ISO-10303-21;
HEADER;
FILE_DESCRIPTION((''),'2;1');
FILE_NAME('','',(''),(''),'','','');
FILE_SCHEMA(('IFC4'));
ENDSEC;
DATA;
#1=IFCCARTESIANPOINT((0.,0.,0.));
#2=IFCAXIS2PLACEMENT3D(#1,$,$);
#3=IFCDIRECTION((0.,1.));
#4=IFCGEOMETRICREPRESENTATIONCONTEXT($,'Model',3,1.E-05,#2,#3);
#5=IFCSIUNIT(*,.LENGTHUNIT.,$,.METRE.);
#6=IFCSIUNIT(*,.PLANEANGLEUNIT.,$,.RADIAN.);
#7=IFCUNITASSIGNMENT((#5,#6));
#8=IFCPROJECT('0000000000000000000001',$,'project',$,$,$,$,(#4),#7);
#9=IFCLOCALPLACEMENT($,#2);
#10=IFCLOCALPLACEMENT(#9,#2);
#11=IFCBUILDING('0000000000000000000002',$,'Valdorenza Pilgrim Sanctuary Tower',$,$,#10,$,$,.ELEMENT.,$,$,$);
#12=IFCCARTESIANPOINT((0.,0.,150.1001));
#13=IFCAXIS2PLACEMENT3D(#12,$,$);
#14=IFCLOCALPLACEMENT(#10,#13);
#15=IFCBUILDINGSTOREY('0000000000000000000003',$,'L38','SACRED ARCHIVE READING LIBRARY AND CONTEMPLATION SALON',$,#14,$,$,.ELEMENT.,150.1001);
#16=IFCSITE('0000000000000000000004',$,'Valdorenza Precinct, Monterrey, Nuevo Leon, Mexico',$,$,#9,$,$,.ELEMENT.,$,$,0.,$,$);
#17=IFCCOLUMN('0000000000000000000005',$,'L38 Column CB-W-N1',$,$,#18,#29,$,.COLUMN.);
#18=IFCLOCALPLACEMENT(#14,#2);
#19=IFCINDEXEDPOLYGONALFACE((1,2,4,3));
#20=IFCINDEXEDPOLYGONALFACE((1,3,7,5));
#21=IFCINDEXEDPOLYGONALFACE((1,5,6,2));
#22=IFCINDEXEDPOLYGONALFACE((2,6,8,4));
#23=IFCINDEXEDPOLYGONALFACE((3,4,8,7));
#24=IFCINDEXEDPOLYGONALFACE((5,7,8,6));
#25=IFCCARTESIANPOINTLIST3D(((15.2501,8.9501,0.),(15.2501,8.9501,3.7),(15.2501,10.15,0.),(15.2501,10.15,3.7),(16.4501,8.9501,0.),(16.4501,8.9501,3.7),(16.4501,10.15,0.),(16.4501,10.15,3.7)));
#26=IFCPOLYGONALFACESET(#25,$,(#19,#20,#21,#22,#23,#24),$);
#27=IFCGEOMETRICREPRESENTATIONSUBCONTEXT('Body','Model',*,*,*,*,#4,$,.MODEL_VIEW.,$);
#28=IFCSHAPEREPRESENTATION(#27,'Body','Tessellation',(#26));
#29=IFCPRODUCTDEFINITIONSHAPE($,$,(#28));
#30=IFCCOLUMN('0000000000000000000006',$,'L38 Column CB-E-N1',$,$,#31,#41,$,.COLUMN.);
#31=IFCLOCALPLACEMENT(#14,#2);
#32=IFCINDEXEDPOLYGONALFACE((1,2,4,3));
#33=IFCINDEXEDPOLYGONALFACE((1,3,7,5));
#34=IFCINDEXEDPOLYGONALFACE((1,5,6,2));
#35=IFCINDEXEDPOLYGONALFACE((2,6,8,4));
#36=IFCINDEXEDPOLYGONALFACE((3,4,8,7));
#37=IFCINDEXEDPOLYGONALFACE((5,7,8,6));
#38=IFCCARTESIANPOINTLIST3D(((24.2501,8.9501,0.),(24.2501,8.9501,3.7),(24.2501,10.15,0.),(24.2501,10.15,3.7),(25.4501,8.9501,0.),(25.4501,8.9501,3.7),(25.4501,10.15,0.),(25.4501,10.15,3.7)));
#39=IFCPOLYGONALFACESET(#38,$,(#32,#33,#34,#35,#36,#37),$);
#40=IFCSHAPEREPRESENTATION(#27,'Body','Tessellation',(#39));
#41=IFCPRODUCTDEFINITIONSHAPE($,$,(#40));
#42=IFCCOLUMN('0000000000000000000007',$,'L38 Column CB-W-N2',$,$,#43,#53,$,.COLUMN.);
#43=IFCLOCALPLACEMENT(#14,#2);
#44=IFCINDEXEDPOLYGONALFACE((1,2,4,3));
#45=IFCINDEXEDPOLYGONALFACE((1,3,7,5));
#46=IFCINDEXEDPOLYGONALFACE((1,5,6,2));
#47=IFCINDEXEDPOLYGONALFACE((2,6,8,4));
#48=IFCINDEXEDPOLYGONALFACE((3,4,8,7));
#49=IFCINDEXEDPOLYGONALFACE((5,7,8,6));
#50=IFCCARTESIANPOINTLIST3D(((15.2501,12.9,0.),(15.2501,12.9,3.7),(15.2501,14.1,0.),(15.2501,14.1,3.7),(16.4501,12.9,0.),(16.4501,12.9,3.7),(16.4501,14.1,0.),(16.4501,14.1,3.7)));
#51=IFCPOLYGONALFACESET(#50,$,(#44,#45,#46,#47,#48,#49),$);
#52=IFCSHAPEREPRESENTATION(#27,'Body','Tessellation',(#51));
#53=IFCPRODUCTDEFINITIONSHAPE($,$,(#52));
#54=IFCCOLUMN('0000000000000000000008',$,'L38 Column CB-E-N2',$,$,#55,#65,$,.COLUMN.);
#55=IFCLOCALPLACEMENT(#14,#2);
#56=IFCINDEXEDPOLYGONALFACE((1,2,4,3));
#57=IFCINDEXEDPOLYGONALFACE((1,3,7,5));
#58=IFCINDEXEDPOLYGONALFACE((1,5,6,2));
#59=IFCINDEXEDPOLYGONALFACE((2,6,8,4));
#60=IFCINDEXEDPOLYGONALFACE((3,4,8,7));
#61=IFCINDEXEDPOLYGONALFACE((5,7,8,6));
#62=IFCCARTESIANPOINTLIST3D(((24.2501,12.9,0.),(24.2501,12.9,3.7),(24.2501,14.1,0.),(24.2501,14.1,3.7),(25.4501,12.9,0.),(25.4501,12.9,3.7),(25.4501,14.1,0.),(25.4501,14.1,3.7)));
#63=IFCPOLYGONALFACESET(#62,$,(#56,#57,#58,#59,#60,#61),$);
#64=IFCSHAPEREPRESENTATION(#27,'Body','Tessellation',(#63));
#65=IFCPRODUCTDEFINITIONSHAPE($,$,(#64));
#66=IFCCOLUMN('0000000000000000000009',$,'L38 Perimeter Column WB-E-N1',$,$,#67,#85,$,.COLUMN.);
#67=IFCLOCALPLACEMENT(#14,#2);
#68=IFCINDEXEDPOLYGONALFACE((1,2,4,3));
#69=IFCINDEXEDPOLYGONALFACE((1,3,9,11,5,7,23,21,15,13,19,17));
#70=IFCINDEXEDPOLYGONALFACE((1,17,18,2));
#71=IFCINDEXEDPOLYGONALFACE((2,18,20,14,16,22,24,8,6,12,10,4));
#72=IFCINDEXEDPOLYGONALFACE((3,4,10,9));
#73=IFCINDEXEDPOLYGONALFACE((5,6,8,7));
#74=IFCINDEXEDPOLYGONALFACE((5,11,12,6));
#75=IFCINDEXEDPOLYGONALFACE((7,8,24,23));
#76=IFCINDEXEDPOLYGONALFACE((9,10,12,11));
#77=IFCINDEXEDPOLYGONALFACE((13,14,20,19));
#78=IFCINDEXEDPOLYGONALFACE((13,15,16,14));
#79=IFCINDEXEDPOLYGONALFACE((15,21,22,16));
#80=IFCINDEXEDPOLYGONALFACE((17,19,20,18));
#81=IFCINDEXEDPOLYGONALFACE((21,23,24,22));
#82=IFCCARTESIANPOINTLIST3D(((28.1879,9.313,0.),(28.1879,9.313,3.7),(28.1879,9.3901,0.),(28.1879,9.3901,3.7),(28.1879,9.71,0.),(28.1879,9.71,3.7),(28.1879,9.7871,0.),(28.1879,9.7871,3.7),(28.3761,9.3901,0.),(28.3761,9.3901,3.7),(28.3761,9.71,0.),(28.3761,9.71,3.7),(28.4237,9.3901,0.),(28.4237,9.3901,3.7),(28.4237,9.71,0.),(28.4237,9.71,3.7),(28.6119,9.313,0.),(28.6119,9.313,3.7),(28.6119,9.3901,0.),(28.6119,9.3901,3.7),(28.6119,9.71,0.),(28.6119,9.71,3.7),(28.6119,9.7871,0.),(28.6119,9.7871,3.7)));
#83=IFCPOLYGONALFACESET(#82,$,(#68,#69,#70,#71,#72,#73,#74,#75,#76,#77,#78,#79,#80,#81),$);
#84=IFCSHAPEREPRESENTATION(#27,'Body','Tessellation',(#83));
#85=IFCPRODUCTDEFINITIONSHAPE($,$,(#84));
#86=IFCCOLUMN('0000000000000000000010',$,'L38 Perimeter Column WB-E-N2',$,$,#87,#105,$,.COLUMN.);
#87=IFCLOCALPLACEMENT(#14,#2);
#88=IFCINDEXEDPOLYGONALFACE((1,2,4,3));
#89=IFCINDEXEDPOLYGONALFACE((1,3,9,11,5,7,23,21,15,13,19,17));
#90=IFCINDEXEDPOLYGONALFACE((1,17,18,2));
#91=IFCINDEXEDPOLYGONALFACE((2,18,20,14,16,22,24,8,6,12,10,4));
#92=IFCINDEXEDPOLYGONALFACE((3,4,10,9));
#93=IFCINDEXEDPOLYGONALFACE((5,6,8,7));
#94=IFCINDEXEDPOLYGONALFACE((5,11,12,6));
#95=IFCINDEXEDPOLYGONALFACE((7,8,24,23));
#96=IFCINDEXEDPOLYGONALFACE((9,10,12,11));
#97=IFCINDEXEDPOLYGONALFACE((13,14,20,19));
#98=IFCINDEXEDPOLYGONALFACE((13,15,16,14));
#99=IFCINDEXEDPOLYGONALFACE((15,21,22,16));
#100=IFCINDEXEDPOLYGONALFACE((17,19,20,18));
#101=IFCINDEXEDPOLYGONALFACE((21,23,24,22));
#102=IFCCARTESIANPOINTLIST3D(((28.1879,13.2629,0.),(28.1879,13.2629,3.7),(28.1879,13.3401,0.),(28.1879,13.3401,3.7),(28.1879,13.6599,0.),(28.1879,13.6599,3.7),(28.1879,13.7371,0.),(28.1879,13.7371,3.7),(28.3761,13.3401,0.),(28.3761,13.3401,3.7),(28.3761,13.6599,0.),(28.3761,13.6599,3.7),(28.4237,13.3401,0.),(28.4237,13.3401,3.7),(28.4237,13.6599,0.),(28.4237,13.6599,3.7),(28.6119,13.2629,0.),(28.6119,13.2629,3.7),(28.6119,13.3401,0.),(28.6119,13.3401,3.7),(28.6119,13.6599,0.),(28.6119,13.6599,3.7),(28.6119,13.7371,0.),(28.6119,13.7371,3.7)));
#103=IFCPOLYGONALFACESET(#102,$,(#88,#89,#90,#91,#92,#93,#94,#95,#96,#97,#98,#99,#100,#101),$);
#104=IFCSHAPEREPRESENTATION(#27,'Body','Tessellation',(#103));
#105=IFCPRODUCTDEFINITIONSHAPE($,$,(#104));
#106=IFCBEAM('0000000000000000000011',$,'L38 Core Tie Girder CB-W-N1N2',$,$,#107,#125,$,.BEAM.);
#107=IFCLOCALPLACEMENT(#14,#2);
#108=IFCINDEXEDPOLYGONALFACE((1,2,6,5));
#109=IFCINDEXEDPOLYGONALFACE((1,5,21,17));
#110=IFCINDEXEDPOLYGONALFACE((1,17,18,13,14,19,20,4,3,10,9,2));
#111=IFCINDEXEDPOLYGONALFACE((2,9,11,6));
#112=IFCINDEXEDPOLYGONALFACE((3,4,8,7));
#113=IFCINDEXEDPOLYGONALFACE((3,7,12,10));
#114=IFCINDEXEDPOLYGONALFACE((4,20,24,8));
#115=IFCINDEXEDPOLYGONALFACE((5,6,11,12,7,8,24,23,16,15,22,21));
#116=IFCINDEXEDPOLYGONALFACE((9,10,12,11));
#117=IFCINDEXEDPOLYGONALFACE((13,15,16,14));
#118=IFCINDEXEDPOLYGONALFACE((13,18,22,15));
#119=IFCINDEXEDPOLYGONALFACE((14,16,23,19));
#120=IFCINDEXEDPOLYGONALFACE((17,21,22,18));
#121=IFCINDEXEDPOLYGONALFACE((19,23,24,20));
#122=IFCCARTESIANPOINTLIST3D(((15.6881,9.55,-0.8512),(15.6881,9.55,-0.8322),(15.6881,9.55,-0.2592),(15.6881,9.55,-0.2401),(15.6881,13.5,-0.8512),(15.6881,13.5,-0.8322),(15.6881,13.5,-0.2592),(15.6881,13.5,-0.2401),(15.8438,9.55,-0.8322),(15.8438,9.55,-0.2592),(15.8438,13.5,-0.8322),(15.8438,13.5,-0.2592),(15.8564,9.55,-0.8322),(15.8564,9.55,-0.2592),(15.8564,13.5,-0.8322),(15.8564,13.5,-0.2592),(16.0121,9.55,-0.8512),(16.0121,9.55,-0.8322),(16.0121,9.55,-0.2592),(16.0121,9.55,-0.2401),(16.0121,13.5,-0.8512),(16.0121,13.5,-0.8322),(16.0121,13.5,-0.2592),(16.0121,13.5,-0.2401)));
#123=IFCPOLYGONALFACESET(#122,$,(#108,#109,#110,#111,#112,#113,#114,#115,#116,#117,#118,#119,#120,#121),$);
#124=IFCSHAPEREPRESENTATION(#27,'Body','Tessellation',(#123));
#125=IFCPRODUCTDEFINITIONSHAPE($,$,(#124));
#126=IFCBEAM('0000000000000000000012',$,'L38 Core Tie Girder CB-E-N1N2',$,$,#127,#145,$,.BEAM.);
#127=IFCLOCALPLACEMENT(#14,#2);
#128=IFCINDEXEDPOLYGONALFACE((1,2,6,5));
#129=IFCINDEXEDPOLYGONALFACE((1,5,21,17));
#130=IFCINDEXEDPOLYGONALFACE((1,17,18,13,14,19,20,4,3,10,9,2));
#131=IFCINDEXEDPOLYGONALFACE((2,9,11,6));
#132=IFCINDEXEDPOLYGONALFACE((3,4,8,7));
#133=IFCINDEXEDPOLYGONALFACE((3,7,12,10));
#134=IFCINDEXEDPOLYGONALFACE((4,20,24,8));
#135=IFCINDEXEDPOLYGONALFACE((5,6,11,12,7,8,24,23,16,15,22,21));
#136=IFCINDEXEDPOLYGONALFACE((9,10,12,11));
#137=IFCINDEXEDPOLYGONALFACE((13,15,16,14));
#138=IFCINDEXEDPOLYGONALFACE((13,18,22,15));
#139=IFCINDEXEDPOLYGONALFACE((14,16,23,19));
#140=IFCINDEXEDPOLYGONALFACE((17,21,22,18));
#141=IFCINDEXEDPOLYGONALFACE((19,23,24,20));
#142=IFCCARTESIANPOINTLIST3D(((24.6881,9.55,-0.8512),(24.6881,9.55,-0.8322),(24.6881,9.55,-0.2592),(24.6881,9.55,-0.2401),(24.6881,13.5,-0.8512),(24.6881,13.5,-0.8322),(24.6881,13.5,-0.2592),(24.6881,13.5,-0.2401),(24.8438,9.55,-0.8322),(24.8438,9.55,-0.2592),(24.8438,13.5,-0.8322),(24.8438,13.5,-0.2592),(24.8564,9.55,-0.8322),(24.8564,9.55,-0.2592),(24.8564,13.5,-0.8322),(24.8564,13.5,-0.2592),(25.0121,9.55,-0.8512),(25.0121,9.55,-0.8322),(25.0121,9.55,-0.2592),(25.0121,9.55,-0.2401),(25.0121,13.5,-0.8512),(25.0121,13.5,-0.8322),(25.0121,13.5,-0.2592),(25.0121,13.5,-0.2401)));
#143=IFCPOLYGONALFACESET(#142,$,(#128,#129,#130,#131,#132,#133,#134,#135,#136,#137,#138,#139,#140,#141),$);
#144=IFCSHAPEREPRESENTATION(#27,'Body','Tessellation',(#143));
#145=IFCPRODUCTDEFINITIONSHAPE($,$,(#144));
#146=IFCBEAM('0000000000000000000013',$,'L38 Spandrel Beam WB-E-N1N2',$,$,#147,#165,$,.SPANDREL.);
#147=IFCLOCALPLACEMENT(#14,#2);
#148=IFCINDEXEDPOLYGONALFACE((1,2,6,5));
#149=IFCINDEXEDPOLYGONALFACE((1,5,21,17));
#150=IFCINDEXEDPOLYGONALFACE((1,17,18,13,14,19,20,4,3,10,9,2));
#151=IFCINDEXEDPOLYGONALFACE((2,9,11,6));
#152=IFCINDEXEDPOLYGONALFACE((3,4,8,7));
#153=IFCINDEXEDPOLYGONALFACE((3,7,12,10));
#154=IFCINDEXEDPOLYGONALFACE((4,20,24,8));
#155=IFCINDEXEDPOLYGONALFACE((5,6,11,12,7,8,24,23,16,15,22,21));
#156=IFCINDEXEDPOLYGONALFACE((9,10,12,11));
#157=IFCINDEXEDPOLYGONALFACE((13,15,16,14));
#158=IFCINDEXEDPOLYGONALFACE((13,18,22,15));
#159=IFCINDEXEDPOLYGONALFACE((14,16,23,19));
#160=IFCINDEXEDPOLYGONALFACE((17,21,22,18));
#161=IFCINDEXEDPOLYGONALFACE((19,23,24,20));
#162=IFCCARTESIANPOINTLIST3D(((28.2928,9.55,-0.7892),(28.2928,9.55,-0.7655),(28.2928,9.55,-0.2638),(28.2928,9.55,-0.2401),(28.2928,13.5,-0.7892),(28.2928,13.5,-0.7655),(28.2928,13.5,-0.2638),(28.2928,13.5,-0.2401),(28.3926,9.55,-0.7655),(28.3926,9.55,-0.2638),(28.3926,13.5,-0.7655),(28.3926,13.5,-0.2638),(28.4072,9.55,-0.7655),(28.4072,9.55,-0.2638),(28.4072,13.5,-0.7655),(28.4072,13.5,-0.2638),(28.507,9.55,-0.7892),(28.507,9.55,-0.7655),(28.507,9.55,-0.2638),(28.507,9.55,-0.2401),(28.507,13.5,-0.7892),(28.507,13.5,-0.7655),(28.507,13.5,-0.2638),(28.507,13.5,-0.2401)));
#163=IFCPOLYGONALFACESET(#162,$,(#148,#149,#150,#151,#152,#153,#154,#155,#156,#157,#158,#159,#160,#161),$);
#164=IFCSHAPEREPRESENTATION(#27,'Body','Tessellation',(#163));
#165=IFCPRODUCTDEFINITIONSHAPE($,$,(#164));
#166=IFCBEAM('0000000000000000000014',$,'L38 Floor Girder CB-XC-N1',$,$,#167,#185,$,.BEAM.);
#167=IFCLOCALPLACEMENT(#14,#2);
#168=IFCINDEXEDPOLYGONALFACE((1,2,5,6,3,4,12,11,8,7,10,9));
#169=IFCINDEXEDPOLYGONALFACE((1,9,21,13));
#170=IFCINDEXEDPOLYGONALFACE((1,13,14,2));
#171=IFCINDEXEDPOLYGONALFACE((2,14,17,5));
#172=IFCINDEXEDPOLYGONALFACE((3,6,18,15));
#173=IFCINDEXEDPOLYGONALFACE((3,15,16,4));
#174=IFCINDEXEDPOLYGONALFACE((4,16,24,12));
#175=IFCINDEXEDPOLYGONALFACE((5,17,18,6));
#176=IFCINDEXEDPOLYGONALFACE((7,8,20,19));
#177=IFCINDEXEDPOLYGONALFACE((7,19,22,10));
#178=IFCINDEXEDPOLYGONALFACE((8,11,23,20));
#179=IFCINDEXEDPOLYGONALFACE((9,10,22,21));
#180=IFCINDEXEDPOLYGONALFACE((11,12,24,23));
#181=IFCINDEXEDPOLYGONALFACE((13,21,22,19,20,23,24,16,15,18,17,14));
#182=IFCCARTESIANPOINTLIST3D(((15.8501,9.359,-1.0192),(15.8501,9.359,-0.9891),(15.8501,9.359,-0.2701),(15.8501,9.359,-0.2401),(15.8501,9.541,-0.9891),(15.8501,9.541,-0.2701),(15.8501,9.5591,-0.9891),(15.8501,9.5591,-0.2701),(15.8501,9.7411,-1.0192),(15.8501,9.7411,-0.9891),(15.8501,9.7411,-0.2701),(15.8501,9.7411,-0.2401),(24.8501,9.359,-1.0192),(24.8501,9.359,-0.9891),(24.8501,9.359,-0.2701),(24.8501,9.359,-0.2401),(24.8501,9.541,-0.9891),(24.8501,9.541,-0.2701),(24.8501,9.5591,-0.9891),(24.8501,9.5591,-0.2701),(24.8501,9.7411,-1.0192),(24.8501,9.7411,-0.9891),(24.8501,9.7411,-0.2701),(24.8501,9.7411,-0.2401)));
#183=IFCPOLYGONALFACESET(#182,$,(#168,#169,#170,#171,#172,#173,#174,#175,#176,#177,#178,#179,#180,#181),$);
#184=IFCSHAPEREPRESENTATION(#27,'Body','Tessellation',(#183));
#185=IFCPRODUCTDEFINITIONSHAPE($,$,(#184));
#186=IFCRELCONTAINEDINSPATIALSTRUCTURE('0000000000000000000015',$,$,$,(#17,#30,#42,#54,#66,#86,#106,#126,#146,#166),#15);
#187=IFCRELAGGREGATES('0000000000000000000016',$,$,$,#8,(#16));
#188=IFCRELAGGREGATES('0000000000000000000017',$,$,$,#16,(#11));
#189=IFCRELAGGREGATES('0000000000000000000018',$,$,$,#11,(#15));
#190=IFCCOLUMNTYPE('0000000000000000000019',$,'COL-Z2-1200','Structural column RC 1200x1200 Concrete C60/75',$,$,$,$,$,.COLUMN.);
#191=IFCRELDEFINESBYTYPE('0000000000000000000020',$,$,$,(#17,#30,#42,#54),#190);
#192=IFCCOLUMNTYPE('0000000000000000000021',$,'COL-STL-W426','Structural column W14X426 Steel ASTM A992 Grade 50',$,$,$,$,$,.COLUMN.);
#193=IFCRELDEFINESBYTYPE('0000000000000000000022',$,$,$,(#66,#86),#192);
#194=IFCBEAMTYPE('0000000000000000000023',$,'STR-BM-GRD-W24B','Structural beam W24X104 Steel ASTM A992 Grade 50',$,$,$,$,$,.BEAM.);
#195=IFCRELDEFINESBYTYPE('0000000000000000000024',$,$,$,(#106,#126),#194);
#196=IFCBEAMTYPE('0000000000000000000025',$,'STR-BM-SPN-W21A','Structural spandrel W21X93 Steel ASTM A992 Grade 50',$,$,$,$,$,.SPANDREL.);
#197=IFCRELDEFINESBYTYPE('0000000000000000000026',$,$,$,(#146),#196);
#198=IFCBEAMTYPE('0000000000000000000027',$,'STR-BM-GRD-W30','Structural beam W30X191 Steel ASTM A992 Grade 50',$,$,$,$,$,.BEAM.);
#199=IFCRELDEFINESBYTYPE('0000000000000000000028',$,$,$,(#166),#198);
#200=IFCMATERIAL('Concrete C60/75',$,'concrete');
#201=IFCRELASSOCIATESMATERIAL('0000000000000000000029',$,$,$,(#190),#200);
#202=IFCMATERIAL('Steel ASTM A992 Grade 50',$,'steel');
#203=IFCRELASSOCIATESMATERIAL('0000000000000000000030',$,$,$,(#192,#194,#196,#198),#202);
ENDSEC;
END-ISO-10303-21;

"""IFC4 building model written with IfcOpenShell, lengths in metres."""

from ifc_helpers import new_model, si_unit, direction, frame, origin, origin_2d, place, context, subcontext, project, spatial, rectangle, i_section, extrude, source, transform, mapped, material, material_profile, profile_set, type_object, element, save


model = new_model("IFC4")

# Units and contexts
model_context = context("Model", 3, precision=1e-05, world=origin(), true_north=direction((0.0, 1.0)))
body_context = subcontext(model_context, "Body", "Model", "MODEL_VIEW")
ifc_project = project(units=[si_unit("LENGTHUNIT", "METRE"), si_unit("PLANEANGLEUNIT", "RADIAN")], contexts=[model_context])

# Site, building, storey
site_placement = place(None, origin())
site = spatial("IfcSite", under=ifc_project, at=site_placement, Name="Valdorenza Precinct, Monterrey, Nuevo Leon, Mexico", CompositionType="ELEMENT", RefElevation=0.0)
building_placement = place(site_placement, origin())
building = spatial("IfcBuilding", under=site, at=building_placement, Name="Valdorenza Pilgrim Sanctuary Tower", CompositionType="ELEMENT")
storey_placement = place(building_placement, frame((0.0, 0.0, 150.1001)))
storey = spatial("IfcBuildingStorey", under=building, at=storey_placement, Name="L38", Description="SACRED ARCHIVE READING LIBRARY AND CONTEMPLATION SALON", CompositionType="ELEMENT", Elevation=150.1001)

# Columns
ifc_material_1 = material(Name="Concrete C60/75", Category="concrete")
ifc_material_profile_1 = material_profile(ifc_material_1, rectangle(XDim=1.2, YDim=1.2, at=origin_2d()), Name="RC 1200x1200")
ifc_profile_set_1 = profile_set([ifc_material_profile_1], Name="Concrete C60/75")
column_type_1 = type_object("IfcColumnType", Name="COL-Z2-1200", Description="Structural column RC 1200x1200 Concrete C60/75", PredefinedType="COLUMN", material=ifc_profile_set_1)
shared_shape_1 = source(origin(), body_context, "Body", "SweptSolid", [
    extrude(rectangle(XDim=1.2, YDim=1.2, at=origin_2d()), origin(), (0.0, 0.0, 1.0), 3.7),
])
for number, where, z_axis, x_axis, name in (
    (1, (15.8501, 9.55, 0.0), (0.0, 0.0, 1.0), (1.0, 0.0, 0.0), "L38 Column CB-W-N1"),
    (2, (24.8501, 9.55, 0.0), (0.0, 0.0, 1.0), (1.0, 0.0, 0.0), "L38 Column CB-E-N1"),
    (3, (15.8501, 13.5, 0.0), (0.0, 0.0, 1.0), (1.0, 0.0, 0.0), "L38 Column CB-W-N2"),
    (4, (24.8501, 13.5, 0.0), (0.0, 0.0, 1.0), (1.0, 0.0, 0.0), "L38 Column CB-E-N2"),
):
    element("IfcColumn", number, at=place(storey_placement, frame(where, z_axis=z_axis, x_axis=x_axis)), inside=storey, type_object=column_type_1, Name=name, PredefinedType="COLUMN", context=body_context, shape_type="MappedRepresentation", body=[
        mapped(shared_shape_1, transform((0.0, 0.0, 0.0), x_axis=(1.0, 0.0, 0.0), y_axis=(0.0, 1.0, 0.0), z_axis=(0.0, 0.0, 1.0), scale=1.0)),
    ])
ifc_material_2 = material(Name="Steel ASTM A992 Grade 50", Category="steel")
ifc_material_profile_2 = material_profile(ifc_material_2, i_section(OverallWidth=0.4241, OverallDepth=0.4741, WebThickness=0.0476, FlangeThickness=0.0771, at=origin_2d()), Name="W14X426")
ifc_profile_set_2 = profile_set([ifc_material_profile_2], Name="Steel ASTM A992 Grade 50")
column_type_2 = type_object("IfcColumnType", Name="COL-STL-W426", Description="Structural column W14X426 Steel ASTM A992 Grade 50", PredefinedType="COLUMN", material=ifc_profile_set_2)
shared_shape_2 = source(origin(), body_context, "Body", "SweptSolid", [
    extrude(i_section(OverallWidth=0.4241, OverallDepth=0.4741, WebThickness=0.0476, FlangeThickness=0.0771, at=origin_2d()), origin(), (0.0, 0.0, 1.0), 3.7),
])
for number, where, z_axis, x_axis, name in (
    (5, (28.3999, 9.55, 0.0), (0.0, 0.0, 1.0), (1.0, 0.0, 0.0), "L38 Perimeter Column WB-E-N1"),
    (6, (28.3999, 13.5, 0.0), (0.0, 0.0, 1.0), (1.0, 0.0, 0.0), "L38 Perimeter Column WB-E-N2"),
):
    element("IfcColumn", number, at=place(storey_placement, frame(where, z_axis=z_axis, x_axis=x_axis)), inside=storey, type_object=column_type_2, Name=name, PredefinedType="COLUMN", context=body_context, shape_type="MappedRepresentation", body=[
        mapped(shared_shape_2, transform((0.0, 0.0, 0.0), x_axis=(1.0, 0.0, 0.0), y_axis=(0.0, 1.0, 0.0), z_axis=(0.0, 0.0, 1.0), scale=1.0)),
    ])

# Beams
ifc_material_profile_3 = material_profile(ifc_material_2, i_section(OverallWidth=0.324, OverallDepth=0.6111, WebThickness=0.0127, FlangeThickness=0.019, at=origin_2d()), Name="W24X104")
ifc_profile_set_3 = profile_set([ifc_material_profile_3], Name="Steel ASTM A992 Grade 50")
beam_type_1 = type_object("IfcBeamType", Name="STR-BM-GRD-W24B", Description="Structural beam W24X104 Steel ASTM A992 Grade 50", PredefinedType="BEAM", material=ifc_profile_set_3)
shared_shape_3 = source(origin(), body_context, "Body", "SweptSolid", [
    extrude(i_section(OverallWidth=0.324, OverallDepth=0.6111, WebThickness=0.0127, FlangeThickness=0.019, at=origin_2d()), origin(), (0.0, 0.0, 1.0), 3.95),
])
for number, where, z_axis, x_axis, name in (
    (7, (15.8501, 9.55, -0.5457), (0.0, 1.0, 0.0), (-1.0, 0.0, 0.0), "L38 Core Tie Girder CB-W-N1N2"),
    (8, (24.8501, 9.55, -0.5457), (0.0, 1.0, 0.0), (-1.0, 0.0, 0.0), "L38 Core Tie Girder CB-E-N1N2"),
):
    element("IfcBeam", number, at=place(storey_placement, frame(where, z_axis=z_axis, x_axis=x_axis)), inside=storey, type_object=beam_type_1, Name=name, PredefinedType="BEAM", context=body_context, shape_type="MappedRepresentation", body=[
        mapped(shared_shape_3, transform((0.0, 0.0, 0.0), x_axis=(1.0, 0.0, 0.0), y_axis=(0.0, 1.0, 0.0), z_axis=(0.0, 0.0, 1.0), scale=1.0)),
    ])
ifc_material_profile_4 = material_profile(ifc_material_2, i_section(OverallWidth=0.2141, OverallDepth=0.5491, WebThickness=0.0146, FlangeThickness=0.0237, at=origin_2d()), Name="W21X93")
ifc_profile_set_4 = profile_set([ifc_material_profile_4], Name="Steel ASTM A992 Grade 50")
beam_type_2 = type_object("IfcBeamType", Name="STR-BM-SPN-W21A", Description="Structural spandrel W21X93 Steel ASTM A992 Grade 50", PredefinedType="SPANDREL", material=ifc_profile_set_4)
shared_shape_4 = source(origin(), body_context, "Body", "SweptSolid", [
    extrude(i_section(OverallWidth=0.2141, OverallDepth=0.5491, WebThickness=0.0146, FlangeThickness=0.0237, at=origin_2d()), origin(), (0.0, 0.0, 1.0), 3.95),
])
beam_placement = place(storey_placement, frame((28.3999, 9.55, -0.5146), z_axis=(0.0, 1.0, 0.0), x_axis=(-1.0, 0.0, 0.0)))
element("IfcBeam", 9, at=beam_placement, inside=storey, type_object=beam_type_2, Name="L38 Spandrel Beam WB-E-N1N2", PredefinedType="SPANDREL", context=body_context, shape_type="MappedRepresentation", body=[
    mapped(shared_shape_4, transform((0.0, 0.0, 0.0), x_axis=(1.0, 0.0, 0.0), y_axis=(0.0, 1.0, 0.0), z_axis=(0.0, 0.0, 1.0), scale=1.0)),
])
ifc_material_profile_5 = material_profile(ifc_material_2, i_section(OverallWidth=0.3821, OverallDepth=0.7791, WebThickness=0.0181, FlangeThickness=0.03, at=origin_2d()), Name="W30X191")
ifc_profile_set_5 = profile_set([ifc_material_profile_5], Name="Steel ASTM A992 Grade 50")
beam_type_3 = type_object("IfcBeamType", Name="STR-BM-GRD-W30", Description="Structural beam W30X191 Steel ASTM A992 Grade 50", PredefinedType="BEAM", material=ifc_profile_set_5)
shared_shape_5 = source(origin(), body_context, "Body", "SweptSolid", [
    extrude(i_section(OverallWidth=0.3821, OverallDepth=0.7791, WebThickness=0.0181, FlangeThickness=0.03, at=origin_2d()), origin(), (0.0, 0.0, 1.0), 9.0),
])
for number, where, z_axis, x_axis, name in (
    (10, (15.8501, 9.55, -0.6296), (1.0, 0.0, 0.0), (0.0, 1.0, 0.0), "L38 Floor Girder CB-XC-N1"),
):
    element("IfcBeam", number, at=place(storey_placement, frame(where, z_axis=z_axis, x_axis=x_axis)), inside=storey, type_object=beam_type_3, Name=name, PredefinedType="BEAM", context=body_context, shape_type="MappedRepresentation", body=[
        mapped(shared_shape_5, transform((0.0, 0.0, 0.0), x_axis=(1.0, 0.0, 0.0), y_axis=(0.0, 1.0, 0.0), z_axis=(0.0, 0.0, 1.0), scale=1.0)),
    ])

save(model, "model.ifc")
